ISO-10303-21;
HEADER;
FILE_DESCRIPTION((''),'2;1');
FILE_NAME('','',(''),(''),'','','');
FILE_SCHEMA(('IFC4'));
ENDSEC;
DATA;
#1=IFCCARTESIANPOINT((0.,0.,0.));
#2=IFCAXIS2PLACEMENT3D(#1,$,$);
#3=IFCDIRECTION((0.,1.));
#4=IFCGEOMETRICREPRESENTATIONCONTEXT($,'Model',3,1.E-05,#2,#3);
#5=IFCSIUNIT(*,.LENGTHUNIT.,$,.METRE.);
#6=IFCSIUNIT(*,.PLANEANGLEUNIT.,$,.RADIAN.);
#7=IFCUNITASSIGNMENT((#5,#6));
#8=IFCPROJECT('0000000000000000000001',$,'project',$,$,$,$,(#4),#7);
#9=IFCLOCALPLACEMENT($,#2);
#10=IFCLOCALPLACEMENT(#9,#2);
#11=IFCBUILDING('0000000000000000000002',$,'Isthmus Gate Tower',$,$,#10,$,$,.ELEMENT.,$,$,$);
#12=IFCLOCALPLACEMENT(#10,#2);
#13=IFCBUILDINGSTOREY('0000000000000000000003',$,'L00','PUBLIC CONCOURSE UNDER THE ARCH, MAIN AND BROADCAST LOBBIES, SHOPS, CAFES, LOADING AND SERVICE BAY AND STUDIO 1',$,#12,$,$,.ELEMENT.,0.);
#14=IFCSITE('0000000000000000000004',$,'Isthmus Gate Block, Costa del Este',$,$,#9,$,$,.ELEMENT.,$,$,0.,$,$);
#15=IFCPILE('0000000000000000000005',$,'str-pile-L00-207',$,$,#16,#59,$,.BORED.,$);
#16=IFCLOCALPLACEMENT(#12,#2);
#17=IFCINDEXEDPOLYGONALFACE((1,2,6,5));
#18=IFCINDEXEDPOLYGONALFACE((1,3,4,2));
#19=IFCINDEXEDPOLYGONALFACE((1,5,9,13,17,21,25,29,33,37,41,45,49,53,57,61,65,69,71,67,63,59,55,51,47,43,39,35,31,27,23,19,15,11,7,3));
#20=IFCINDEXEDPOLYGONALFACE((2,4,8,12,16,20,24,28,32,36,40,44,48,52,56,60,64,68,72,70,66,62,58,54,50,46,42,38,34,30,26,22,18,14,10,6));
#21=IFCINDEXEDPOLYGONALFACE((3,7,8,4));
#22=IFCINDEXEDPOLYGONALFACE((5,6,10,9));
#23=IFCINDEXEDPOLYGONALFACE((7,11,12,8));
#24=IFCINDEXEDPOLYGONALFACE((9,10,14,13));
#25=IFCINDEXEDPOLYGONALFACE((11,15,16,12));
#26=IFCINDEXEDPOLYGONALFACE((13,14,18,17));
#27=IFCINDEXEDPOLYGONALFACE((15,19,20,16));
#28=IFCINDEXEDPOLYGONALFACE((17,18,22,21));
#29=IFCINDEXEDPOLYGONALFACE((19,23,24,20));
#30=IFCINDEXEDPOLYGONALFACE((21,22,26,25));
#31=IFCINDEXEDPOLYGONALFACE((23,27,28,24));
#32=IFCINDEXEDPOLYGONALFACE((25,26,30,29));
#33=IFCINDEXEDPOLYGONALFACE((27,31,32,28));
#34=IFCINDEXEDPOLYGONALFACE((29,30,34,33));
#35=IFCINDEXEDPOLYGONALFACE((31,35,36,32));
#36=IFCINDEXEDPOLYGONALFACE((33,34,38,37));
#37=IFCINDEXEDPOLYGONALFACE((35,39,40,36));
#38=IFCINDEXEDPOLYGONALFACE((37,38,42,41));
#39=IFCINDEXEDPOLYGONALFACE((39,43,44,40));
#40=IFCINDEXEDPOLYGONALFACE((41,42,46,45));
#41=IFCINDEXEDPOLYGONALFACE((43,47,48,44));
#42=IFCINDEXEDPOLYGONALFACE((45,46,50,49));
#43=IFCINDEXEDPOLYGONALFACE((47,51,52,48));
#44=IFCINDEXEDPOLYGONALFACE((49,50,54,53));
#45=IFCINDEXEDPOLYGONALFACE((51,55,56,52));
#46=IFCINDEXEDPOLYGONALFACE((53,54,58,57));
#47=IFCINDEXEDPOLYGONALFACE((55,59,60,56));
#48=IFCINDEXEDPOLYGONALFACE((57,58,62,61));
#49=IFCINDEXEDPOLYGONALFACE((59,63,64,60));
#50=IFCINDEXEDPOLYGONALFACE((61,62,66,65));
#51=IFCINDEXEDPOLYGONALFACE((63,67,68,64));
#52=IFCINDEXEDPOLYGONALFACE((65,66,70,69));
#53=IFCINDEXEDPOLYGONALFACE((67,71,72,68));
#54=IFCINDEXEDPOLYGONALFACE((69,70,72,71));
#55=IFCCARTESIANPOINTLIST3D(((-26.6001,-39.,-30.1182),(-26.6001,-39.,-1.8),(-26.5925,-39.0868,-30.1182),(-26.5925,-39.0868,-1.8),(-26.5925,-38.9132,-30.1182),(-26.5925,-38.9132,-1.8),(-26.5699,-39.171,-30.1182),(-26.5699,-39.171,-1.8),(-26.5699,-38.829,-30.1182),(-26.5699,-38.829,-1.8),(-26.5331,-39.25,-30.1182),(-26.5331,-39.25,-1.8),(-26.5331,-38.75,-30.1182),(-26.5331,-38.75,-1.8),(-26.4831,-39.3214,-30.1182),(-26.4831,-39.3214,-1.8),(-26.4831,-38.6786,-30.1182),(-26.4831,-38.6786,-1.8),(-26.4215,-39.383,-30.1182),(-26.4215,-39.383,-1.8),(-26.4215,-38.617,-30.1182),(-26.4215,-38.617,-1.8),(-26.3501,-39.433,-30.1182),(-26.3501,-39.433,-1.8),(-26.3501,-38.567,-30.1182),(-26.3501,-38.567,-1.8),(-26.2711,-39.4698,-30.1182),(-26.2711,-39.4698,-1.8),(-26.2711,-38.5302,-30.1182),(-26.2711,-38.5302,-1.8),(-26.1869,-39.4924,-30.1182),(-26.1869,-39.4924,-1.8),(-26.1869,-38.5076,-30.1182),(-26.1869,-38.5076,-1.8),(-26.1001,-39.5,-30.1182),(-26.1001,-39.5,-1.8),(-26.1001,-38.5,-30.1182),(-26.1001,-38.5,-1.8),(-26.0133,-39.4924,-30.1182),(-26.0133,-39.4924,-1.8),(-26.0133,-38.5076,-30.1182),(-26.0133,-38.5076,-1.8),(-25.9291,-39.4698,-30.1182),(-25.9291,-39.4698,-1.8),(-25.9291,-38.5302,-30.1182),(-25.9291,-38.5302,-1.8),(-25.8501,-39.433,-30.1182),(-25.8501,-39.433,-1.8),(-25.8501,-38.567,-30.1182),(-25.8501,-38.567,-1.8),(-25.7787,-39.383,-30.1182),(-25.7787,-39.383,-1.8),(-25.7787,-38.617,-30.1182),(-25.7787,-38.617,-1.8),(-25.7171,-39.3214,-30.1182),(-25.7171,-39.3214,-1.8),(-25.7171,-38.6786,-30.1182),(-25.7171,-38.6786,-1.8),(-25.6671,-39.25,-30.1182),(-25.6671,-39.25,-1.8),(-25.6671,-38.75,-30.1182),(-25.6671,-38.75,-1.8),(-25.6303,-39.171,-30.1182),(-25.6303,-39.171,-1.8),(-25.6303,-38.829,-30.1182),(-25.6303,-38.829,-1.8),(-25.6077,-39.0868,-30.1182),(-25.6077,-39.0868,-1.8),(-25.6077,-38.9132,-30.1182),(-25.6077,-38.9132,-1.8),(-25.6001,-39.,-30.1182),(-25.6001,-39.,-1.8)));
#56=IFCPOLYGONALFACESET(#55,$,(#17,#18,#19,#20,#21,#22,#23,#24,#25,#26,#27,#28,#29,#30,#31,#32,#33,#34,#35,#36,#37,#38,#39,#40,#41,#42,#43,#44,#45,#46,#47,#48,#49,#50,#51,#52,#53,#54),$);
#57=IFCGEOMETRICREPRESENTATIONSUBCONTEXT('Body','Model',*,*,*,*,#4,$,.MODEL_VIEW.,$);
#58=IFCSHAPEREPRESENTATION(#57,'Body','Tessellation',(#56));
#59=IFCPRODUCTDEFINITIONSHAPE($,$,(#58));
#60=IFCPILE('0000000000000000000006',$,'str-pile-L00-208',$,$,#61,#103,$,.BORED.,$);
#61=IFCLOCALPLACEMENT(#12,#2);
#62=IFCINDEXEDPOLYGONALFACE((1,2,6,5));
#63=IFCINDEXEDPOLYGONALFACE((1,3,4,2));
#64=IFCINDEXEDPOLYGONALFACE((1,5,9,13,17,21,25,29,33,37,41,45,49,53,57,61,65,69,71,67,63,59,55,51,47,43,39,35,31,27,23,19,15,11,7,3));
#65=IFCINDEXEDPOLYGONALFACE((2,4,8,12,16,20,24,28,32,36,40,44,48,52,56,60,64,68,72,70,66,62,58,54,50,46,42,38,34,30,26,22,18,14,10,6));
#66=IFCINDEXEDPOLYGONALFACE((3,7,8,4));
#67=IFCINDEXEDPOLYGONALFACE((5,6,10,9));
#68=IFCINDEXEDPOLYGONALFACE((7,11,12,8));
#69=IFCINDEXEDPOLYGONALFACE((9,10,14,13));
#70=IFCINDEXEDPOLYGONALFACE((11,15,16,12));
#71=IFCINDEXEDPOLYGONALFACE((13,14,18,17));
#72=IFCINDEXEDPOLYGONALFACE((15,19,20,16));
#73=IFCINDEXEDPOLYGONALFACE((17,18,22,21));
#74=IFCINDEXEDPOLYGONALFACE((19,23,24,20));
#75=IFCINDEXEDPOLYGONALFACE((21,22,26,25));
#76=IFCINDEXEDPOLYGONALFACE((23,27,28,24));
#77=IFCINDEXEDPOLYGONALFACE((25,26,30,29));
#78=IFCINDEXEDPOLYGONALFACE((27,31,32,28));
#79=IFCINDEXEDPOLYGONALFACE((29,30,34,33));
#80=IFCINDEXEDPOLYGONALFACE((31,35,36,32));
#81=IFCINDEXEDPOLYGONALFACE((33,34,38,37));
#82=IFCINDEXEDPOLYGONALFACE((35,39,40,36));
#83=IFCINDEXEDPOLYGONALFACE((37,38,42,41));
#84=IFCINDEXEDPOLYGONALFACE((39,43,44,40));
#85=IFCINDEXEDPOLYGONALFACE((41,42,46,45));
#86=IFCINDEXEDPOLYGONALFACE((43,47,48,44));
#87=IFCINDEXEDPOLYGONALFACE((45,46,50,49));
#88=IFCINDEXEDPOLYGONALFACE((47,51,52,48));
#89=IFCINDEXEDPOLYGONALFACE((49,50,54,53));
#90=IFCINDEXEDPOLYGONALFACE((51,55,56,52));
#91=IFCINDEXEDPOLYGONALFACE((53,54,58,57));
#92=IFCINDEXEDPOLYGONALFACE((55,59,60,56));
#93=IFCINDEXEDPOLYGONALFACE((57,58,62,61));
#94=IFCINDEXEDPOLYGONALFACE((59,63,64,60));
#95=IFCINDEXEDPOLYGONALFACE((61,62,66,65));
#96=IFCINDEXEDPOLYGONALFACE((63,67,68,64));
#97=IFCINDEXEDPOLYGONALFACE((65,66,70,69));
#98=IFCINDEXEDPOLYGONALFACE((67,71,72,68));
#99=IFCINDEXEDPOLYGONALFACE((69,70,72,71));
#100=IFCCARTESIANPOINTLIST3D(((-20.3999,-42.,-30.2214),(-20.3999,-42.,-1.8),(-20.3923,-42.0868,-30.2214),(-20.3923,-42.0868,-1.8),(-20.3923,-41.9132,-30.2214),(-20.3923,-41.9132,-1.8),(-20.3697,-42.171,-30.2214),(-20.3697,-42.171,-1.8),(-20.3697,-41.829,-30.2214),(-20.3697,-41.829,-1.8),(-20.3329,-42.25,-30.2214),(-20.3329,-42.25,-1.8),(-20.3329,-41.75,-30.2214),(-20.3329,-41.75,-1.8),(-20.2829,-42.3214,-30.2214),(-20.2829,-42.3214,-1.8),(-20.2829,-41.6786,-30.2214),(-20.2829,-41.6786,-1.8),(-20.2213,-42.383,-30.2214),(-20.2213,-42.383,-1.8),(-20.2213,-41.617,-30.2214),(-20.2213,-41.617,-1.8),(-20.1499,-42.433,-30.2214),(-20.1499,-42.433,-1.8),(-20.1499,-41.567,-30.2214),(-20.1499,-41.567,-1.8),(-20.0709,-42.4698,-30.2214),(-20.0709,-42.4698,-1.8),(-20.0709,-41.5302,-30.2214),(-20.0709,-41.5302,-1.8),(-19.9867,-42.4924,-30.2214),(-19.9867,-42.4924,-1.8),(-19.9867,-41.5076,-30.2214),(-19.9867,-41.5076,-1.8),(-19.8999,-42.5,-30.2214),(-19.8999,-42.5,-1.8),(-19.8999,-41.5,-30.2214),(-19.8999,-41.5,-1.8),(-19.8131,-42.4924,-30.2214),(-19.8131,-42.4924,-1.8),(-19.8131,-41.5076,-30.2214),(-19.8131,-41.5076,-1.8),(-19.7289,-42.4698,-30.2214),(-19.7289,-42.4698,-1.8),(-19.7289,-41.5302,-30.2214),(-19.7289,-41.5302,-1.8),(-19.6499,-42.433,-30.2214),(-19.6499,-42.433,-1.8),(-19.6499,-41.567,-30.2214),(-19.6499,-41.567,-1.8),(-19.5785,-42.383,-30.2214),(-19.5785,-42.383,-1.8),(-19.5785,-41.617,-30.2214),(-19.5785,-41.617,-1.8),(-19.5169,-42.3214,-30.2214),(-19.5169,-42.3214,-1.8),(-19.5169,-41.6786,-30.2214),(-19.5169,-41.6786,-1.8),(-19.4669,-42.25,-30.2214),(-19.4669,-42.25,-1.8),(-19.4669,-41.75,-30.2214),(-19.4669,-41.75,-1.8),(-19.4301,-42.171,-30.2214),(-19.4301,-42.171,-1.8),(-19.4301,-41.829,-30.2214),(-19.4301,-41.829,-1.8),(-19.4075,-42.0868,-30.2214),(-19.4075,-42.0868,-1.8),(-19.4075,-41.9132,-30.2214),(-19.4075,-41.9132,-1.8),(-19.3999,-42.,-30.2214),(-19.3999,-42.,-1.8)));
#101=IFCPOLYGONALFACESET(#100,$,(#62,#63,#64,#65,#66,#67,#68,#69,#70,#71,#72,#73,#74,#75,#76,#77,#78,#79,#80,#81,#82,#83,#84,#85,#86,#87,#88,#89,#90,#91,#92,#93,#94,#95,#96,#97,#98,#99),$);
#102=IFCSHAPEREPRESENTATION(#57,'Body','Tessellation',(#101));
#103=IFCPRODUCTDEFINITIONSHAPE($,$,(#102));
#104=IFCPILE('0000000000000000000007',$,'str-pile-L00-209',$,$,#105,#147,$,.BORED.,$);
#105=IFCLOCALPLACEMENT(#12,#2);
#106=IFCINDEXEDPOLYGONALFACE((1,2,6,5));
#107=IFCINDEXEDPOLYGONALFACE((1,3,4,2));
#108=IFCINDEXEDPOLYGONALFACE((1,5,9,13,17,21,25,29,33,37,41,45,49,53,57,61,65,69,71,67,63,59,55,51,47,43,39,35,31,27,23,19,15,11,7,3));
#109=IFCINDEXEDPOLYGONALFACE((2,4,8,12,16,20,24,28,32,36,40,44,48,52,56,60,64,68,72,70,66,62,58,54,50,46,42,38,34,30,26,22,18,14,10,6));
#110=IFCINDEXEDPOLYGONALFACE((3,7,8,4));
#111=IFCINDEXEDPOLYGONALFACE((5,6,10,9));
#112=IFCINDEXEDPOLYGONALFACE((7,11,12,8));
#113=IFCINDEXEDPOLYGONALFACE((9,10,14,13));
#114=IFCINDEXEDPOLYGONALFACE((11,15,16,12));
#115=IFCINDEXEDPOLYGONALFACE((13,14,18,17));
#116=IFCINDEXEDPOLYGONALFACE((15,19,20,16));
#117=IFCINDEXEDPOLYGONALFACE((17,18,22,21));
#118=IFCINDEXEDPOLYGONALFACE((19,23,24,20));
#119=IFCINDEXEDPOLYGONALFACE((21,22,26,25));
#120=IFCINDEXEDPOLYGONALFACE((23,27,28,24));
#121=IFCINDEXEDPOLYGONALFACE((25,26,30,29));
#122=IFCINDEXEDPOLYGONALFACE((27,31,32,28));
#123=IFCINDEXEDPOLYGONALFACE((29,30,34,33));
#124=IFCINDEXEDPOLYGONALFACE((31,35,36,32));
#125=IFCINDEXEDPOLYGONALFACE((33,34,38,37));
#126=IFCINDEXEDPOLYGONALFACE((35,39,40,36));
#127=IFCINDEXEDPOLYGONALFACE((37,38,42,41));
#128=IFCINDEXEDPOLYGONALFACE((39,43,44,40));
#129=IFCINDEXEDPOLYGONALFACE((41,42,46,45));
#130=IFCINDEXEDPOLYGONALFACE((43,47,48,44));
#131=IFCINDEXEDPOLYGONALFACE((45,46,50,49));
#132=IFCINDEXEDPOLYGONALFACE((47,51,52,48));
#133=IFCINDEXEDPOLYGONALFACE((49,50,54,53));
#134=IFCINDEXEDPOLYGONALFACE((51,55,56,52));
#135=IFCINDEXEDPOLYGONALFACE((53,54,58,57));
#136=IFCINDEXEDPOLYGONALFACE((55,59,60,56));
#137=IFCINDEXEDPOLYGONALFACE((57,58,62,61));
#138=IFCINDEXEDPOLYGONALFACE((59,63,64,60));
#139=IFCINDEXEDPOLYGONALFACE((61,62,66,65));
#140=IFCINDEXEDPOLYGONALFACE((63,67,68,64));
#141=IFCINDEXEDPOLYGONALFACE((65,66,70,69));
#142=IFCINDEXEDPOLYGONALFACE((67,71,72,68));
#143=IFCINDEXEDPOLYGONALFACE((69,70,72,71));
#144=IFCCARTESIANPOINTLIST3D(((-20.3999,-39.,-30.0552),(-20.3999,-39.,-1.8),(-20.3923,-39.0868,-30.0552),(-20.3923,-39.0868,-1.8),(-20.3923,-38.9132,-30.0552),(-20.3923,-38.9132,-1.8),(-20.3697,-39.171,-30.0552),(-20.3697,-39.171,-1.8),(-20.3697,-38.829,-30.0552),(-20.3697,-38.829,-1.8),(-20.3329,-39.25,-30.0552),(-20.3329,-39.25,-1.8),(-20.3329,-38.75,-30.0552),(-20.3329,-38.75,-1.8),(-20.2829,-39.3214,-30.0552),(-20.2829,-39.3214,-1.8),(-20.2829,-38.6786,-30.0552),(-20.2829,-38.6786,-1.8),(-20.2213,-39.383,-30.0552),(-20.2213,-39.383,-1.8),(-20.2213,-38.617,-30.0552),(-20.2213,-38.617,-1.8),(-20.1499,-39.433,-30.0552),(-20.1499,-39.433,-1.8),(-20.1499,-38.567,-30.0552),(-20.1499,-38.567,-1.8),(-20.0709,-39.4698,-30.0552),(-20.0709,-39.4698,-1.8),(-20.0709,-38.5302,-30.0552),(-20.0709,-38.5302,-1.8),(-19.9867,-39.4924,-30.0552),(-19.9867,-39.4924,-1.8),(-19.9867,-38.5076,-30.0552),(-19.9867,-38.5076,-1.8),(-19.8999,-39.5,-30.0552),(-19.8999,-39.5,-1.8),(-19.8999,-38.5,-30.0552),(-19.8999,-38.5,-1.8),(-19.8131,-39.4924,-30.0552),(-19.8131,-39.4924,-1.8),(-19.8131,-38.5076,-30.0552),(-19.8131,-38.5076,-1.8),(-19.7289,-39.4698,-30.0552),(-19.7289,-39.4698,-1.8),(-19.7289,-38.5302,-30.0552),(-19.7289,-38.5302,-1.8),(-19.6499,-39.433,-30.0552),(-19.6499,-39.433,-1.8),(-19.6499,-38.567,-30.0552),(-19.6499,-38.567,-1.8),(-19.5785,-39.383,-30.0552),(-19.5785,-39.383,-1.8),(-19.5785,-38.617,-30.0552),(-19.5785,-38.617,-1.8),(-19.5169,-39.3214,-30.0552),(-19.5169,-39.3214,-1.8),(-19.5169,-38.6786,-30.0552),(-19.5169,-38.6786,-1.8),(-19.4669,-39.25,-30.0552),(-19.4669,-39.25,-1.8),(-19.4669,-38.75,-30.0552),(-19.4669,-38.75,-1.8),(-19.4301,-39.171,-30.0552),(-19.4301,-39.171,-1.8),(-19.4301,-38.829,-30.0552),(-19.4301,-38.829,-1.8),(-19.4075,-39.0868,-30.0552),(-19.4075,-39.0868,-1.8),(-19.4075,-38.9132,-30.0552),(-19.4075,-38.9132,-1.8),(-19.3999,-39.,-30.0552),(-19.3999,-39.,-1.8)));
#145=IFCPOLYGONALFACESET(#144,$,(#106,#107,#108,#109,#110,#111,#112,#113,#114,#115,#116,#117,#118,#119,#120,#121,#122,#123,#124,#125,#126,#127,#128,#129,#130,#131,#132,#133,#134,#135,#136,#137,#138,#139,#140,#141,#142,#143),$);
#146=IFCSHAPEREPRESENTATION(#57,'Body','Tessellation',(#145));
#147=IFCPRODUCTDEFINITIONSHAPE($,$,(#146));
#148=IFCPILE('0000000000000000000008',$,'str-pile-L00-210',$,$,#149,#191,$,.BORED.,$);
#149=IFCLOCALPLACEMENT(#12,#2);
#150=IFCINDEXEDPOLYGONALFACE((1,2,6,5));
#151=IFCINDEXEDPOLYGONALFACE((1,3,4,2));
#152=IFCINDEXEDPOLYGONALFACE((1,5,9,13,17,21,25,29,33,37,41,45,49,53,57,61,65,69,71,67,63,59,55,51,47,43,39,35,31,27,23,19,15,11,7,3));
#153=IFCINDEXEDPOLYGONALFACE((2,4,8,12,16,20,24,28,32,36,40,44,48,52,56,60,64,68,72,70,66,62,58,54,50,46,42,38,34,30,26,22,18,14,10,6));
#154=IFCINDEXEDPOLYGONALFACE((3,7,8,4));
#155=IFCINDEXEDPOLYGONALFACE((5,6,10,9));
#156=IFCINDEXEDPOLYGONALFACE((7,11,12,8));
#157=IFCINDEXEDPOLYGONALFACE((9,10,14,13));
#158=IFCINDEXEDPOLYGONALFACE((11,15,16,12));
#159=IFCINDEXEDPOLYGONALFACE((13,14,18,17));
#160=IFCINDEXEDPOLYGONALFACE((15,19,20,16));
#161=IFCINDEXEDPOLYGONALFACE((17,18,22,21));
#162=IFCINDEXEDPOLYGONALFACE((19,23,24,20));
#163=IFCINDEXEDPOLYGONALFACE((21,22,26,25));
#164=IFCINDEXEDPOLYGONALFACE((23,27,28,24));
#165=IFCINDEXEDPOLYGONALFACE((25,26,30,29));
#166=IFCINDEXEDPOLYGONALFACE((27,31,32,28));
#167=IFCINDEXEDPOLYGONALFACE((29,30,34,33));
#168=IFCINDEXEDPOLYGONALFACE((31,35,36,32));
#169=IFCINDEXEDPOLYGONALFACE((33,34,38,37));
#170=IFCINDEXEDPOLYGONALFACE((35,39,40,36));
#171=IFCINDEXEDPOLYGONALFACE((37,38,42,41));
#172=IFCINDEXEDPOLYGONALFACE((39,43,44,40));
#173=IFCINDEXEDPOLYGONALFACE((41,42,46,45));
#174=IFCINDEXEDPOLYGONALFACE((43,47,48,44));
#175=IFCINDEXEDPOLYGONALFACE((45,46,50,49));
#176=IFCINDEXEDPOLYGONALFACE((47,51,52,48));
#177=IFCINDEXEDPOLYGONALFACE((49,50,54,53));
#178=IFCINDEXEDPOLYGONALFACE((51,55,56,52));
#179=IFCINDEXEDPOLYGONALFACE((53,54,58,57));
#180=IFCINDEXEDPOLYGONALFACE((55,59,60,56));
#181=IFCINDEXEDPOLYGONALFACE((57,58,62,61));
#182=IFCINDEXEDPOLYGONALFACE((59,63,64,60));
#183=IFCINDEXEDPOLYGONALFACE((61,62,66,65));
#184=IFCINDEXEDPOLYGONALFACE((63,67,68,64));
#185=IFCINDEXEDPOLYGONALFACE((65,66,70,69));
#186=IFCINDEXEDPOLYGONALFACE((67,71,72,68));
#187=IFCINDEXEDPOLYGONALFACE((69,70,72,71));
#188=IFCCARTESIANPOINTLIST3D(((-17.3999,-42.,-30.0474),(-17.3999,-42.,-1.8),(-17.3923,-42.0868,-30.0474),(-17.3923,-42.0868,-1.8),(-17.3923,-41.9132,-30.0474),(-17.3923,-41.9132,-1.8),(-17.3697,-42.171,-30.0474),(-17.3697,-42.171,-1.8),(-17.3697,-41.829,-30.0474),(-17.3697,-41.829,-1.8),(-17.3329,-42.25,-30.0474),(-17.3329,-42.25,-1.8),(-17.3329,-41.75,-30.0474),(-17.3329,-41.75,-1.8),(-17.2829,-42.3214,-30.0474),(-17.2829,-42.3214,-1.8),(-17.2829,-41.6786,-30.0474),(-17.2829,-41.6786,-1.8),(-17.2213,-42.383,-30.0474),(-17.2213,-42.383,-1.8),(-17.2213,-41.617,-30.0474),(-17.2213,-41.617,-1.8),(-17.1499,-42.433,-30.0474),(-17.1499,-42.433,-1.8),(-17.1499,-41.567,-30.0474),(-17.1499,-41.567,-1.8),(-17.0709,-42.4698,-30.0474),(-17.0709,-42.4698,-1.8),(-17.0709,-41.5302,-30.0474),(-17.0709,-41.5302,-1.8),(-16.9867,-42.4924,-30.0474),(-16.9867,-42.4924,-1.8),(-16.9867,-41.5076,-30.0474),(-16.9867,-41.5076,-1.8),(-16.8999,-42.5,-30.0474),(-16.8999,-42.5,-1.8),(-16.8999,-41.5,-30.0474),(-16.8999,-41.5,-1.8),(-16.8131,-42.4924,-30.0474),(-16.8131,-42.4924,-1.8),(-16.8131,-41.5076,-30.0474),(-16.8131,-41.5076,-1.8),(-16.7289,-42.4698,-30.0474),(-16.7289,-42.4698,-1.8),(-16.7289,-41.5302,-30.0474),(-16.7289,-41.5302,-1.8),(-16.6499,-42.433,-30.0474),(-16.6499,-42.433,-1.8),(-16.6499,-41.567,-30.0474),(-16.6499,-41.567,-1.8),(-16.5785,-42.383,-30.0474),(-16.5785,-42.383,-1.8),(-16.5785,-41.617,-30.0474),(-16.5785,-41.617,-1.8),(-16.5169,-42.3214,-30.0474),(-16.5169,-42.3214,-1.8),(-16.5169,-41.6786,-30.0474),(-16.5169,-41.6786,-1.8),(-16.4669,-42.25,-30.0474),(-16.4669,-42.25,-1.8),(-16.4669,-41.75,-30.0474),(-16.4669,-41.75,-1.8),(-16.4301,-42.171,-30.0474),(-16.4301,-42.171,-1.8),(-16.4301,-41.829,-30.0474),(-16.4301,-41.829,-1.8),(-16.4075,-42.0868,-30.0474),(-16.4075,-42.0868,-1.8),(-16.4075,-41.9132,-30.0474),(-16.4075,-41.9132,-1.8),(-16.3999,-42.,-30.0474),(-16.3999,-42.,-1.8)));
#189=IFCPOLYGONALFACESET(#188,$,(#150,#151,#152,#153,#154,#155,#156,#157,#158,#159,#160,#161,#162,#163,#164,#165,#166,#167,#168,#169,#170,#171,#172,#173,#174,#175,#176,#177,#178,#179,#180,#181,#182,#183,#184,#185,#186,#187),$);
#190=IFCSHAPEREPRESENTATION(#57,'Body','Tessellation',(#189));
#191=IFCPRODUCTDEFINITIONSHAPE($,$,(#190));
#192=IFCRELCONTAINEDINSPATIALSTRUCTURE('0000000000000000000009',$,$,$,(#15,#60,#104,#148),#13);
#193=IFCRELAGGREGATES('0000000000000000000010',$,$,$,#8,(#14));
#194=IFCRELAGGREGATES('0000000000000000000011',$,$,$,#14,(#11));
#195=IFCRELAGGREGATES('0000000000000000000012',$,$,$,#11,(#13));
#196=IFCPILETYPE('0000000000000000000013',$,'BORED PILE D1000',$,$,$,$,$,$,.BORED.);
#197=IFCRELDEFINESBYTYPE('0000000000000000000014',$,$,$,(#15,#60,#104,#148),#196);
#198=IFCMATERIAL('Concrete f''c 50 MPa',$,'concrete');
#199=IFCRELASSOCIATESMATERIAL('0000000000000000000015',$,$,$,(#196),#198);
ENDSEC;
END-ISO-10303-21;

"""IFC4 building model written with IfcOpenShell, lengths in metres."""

from ifc_helpers import new_model, si_unit, direction, frame, origin, origin_2d, place, context, subcontext, project, spatial, circle, extrude, material, material_profile, profile_set, type_object, element, save


model = new_model("IFC4")

# Units and contexts
model_context = context("Model", 3, precision=1e-05, world=origin(), true_north=direction((0.0, 1.0)))
body_context = subcontext(model_context, "Body", "Model", "MODEL_VIEW")
ifc_project = project(units=[si_unit("LENGTHUNIT", "METRE"), si_unit("PLANEANGLEUNIT", "RADIAN")], contexts=[model_context])

# Site, building, storey
site_placement = place(None, origin())
site = spatial("IfcSite", under=ifc_project, at=site_placement, Name="Isthmus Gate Block, Costa del Este", CompositionType="ELEMENT", RefElevation=0.0)
building_placement = place(site_placement, origin())
building = spatial("IfcBuilding", under=site, at=building_placement, Name="Isthmus Gate Tower", CompositionType="ELEMENT")
storey_placement = place(building_placement, origin())
storey = spatial("IfcBuildingStorey", under=building, at=storey_placement, Name="L00", Description="PUBLIC CONCOURSE UNDER THE ARCH, MAIN AND BROADCAST LOBBIES, SHOPS, CAFES, LOADING AND SERVICE BAY AND STUDIO 1", CompositionType="ELEMENT", Elevation=0.0)

# Piles
ifc_material_1 = material(Name="Concrete f'c 50 MPa", Category="concrete")
ifc_material_profile_1 = material_profile(ifc_material_1, circle(Radius=0.5, at=origin_2d()), Name="D1000")
ifc_profile_set_1 = profile_set([ifc_material_profile_1], Name="Concrete f'c 50 MPa")
pile_type = type_object("IfcPileType", Name="BORED PILE D1000", PredefinedType="BORED", material=ifc_profile_set_1)
pile_1_placement = place(storey_placement, frame((-26.1001, -39.0, -1.8), z_axis=(0.0, 0.0, -1.0), x_axis=(1.0, 0.0, 0.0)))
element("IfcPile", 1, at=pile_1_placement, inside=storey, type_object=pile_type, Name="str-pile-L00-207", PredefinedType="BORED", context=body_context, shape_type="SweptSolid", body=[
    extrude(circle(Radius=0.5, at=origin_2d()), origin(), (0.0, 0.0, 1.0), 28.3181),
])
pile_2_placement = place(storey_placement, frame((-19.8999, -42.0, -1.8), z_axis=(0.0, 0.0, -1.0), x_axis=(1.0, 0.0, 0.0)))
element("IfcPile", 2, at=pile_2_placement, inside=storey, type_object=pile_type, Name="str-pile-L00-208", PredefinedType="BORED", context=body_context, shape_type="SweptSolid", body=[
    extrude(circle(Radius=0.5, at=origin_2d()), origin(), (0.0, 0.0, 1.0), 28.4214),
])
pile_3_placement = place(storey_placement, frame((-19.8999, -39.0, -1.8), z_axis=(0.0, 0.0, -1.0), x_axis=(1.0, 0.0, 0.0)))
element("IfcPile", 3, at=pile_3_placement, inside=storey, type_object=pile_type, Name="str-pile-L00-209", PredefinedType="BORED", context=body_context, shape_type="SweptSolid", body=[
    extrude(circle(Radius=0.5, at=origin_2d()), origin(), (0.0, 0.0, 1.0), 28.2551),
])
pile_4_placement = place(storey_placement, frame((-16.8999, -42.0, -1.8), z_axis=(0.0, 0.0, -1.0), x_axis=(1.0, 0.0, 0.0)))
element("IfcPile", 4, at=pile_4_placement, inside=storey, type_object=pile_type, Name="str-pile-L00-210", PredefinedType="BORED", context=body_context, shape_type="SweptSolid", body=[
    extrude(circle(Radius=0.5, at=origin_2d()), origin(), (0.0, 0.0, 1.0), 28.2473),
])

save(model, "model.ifc")
